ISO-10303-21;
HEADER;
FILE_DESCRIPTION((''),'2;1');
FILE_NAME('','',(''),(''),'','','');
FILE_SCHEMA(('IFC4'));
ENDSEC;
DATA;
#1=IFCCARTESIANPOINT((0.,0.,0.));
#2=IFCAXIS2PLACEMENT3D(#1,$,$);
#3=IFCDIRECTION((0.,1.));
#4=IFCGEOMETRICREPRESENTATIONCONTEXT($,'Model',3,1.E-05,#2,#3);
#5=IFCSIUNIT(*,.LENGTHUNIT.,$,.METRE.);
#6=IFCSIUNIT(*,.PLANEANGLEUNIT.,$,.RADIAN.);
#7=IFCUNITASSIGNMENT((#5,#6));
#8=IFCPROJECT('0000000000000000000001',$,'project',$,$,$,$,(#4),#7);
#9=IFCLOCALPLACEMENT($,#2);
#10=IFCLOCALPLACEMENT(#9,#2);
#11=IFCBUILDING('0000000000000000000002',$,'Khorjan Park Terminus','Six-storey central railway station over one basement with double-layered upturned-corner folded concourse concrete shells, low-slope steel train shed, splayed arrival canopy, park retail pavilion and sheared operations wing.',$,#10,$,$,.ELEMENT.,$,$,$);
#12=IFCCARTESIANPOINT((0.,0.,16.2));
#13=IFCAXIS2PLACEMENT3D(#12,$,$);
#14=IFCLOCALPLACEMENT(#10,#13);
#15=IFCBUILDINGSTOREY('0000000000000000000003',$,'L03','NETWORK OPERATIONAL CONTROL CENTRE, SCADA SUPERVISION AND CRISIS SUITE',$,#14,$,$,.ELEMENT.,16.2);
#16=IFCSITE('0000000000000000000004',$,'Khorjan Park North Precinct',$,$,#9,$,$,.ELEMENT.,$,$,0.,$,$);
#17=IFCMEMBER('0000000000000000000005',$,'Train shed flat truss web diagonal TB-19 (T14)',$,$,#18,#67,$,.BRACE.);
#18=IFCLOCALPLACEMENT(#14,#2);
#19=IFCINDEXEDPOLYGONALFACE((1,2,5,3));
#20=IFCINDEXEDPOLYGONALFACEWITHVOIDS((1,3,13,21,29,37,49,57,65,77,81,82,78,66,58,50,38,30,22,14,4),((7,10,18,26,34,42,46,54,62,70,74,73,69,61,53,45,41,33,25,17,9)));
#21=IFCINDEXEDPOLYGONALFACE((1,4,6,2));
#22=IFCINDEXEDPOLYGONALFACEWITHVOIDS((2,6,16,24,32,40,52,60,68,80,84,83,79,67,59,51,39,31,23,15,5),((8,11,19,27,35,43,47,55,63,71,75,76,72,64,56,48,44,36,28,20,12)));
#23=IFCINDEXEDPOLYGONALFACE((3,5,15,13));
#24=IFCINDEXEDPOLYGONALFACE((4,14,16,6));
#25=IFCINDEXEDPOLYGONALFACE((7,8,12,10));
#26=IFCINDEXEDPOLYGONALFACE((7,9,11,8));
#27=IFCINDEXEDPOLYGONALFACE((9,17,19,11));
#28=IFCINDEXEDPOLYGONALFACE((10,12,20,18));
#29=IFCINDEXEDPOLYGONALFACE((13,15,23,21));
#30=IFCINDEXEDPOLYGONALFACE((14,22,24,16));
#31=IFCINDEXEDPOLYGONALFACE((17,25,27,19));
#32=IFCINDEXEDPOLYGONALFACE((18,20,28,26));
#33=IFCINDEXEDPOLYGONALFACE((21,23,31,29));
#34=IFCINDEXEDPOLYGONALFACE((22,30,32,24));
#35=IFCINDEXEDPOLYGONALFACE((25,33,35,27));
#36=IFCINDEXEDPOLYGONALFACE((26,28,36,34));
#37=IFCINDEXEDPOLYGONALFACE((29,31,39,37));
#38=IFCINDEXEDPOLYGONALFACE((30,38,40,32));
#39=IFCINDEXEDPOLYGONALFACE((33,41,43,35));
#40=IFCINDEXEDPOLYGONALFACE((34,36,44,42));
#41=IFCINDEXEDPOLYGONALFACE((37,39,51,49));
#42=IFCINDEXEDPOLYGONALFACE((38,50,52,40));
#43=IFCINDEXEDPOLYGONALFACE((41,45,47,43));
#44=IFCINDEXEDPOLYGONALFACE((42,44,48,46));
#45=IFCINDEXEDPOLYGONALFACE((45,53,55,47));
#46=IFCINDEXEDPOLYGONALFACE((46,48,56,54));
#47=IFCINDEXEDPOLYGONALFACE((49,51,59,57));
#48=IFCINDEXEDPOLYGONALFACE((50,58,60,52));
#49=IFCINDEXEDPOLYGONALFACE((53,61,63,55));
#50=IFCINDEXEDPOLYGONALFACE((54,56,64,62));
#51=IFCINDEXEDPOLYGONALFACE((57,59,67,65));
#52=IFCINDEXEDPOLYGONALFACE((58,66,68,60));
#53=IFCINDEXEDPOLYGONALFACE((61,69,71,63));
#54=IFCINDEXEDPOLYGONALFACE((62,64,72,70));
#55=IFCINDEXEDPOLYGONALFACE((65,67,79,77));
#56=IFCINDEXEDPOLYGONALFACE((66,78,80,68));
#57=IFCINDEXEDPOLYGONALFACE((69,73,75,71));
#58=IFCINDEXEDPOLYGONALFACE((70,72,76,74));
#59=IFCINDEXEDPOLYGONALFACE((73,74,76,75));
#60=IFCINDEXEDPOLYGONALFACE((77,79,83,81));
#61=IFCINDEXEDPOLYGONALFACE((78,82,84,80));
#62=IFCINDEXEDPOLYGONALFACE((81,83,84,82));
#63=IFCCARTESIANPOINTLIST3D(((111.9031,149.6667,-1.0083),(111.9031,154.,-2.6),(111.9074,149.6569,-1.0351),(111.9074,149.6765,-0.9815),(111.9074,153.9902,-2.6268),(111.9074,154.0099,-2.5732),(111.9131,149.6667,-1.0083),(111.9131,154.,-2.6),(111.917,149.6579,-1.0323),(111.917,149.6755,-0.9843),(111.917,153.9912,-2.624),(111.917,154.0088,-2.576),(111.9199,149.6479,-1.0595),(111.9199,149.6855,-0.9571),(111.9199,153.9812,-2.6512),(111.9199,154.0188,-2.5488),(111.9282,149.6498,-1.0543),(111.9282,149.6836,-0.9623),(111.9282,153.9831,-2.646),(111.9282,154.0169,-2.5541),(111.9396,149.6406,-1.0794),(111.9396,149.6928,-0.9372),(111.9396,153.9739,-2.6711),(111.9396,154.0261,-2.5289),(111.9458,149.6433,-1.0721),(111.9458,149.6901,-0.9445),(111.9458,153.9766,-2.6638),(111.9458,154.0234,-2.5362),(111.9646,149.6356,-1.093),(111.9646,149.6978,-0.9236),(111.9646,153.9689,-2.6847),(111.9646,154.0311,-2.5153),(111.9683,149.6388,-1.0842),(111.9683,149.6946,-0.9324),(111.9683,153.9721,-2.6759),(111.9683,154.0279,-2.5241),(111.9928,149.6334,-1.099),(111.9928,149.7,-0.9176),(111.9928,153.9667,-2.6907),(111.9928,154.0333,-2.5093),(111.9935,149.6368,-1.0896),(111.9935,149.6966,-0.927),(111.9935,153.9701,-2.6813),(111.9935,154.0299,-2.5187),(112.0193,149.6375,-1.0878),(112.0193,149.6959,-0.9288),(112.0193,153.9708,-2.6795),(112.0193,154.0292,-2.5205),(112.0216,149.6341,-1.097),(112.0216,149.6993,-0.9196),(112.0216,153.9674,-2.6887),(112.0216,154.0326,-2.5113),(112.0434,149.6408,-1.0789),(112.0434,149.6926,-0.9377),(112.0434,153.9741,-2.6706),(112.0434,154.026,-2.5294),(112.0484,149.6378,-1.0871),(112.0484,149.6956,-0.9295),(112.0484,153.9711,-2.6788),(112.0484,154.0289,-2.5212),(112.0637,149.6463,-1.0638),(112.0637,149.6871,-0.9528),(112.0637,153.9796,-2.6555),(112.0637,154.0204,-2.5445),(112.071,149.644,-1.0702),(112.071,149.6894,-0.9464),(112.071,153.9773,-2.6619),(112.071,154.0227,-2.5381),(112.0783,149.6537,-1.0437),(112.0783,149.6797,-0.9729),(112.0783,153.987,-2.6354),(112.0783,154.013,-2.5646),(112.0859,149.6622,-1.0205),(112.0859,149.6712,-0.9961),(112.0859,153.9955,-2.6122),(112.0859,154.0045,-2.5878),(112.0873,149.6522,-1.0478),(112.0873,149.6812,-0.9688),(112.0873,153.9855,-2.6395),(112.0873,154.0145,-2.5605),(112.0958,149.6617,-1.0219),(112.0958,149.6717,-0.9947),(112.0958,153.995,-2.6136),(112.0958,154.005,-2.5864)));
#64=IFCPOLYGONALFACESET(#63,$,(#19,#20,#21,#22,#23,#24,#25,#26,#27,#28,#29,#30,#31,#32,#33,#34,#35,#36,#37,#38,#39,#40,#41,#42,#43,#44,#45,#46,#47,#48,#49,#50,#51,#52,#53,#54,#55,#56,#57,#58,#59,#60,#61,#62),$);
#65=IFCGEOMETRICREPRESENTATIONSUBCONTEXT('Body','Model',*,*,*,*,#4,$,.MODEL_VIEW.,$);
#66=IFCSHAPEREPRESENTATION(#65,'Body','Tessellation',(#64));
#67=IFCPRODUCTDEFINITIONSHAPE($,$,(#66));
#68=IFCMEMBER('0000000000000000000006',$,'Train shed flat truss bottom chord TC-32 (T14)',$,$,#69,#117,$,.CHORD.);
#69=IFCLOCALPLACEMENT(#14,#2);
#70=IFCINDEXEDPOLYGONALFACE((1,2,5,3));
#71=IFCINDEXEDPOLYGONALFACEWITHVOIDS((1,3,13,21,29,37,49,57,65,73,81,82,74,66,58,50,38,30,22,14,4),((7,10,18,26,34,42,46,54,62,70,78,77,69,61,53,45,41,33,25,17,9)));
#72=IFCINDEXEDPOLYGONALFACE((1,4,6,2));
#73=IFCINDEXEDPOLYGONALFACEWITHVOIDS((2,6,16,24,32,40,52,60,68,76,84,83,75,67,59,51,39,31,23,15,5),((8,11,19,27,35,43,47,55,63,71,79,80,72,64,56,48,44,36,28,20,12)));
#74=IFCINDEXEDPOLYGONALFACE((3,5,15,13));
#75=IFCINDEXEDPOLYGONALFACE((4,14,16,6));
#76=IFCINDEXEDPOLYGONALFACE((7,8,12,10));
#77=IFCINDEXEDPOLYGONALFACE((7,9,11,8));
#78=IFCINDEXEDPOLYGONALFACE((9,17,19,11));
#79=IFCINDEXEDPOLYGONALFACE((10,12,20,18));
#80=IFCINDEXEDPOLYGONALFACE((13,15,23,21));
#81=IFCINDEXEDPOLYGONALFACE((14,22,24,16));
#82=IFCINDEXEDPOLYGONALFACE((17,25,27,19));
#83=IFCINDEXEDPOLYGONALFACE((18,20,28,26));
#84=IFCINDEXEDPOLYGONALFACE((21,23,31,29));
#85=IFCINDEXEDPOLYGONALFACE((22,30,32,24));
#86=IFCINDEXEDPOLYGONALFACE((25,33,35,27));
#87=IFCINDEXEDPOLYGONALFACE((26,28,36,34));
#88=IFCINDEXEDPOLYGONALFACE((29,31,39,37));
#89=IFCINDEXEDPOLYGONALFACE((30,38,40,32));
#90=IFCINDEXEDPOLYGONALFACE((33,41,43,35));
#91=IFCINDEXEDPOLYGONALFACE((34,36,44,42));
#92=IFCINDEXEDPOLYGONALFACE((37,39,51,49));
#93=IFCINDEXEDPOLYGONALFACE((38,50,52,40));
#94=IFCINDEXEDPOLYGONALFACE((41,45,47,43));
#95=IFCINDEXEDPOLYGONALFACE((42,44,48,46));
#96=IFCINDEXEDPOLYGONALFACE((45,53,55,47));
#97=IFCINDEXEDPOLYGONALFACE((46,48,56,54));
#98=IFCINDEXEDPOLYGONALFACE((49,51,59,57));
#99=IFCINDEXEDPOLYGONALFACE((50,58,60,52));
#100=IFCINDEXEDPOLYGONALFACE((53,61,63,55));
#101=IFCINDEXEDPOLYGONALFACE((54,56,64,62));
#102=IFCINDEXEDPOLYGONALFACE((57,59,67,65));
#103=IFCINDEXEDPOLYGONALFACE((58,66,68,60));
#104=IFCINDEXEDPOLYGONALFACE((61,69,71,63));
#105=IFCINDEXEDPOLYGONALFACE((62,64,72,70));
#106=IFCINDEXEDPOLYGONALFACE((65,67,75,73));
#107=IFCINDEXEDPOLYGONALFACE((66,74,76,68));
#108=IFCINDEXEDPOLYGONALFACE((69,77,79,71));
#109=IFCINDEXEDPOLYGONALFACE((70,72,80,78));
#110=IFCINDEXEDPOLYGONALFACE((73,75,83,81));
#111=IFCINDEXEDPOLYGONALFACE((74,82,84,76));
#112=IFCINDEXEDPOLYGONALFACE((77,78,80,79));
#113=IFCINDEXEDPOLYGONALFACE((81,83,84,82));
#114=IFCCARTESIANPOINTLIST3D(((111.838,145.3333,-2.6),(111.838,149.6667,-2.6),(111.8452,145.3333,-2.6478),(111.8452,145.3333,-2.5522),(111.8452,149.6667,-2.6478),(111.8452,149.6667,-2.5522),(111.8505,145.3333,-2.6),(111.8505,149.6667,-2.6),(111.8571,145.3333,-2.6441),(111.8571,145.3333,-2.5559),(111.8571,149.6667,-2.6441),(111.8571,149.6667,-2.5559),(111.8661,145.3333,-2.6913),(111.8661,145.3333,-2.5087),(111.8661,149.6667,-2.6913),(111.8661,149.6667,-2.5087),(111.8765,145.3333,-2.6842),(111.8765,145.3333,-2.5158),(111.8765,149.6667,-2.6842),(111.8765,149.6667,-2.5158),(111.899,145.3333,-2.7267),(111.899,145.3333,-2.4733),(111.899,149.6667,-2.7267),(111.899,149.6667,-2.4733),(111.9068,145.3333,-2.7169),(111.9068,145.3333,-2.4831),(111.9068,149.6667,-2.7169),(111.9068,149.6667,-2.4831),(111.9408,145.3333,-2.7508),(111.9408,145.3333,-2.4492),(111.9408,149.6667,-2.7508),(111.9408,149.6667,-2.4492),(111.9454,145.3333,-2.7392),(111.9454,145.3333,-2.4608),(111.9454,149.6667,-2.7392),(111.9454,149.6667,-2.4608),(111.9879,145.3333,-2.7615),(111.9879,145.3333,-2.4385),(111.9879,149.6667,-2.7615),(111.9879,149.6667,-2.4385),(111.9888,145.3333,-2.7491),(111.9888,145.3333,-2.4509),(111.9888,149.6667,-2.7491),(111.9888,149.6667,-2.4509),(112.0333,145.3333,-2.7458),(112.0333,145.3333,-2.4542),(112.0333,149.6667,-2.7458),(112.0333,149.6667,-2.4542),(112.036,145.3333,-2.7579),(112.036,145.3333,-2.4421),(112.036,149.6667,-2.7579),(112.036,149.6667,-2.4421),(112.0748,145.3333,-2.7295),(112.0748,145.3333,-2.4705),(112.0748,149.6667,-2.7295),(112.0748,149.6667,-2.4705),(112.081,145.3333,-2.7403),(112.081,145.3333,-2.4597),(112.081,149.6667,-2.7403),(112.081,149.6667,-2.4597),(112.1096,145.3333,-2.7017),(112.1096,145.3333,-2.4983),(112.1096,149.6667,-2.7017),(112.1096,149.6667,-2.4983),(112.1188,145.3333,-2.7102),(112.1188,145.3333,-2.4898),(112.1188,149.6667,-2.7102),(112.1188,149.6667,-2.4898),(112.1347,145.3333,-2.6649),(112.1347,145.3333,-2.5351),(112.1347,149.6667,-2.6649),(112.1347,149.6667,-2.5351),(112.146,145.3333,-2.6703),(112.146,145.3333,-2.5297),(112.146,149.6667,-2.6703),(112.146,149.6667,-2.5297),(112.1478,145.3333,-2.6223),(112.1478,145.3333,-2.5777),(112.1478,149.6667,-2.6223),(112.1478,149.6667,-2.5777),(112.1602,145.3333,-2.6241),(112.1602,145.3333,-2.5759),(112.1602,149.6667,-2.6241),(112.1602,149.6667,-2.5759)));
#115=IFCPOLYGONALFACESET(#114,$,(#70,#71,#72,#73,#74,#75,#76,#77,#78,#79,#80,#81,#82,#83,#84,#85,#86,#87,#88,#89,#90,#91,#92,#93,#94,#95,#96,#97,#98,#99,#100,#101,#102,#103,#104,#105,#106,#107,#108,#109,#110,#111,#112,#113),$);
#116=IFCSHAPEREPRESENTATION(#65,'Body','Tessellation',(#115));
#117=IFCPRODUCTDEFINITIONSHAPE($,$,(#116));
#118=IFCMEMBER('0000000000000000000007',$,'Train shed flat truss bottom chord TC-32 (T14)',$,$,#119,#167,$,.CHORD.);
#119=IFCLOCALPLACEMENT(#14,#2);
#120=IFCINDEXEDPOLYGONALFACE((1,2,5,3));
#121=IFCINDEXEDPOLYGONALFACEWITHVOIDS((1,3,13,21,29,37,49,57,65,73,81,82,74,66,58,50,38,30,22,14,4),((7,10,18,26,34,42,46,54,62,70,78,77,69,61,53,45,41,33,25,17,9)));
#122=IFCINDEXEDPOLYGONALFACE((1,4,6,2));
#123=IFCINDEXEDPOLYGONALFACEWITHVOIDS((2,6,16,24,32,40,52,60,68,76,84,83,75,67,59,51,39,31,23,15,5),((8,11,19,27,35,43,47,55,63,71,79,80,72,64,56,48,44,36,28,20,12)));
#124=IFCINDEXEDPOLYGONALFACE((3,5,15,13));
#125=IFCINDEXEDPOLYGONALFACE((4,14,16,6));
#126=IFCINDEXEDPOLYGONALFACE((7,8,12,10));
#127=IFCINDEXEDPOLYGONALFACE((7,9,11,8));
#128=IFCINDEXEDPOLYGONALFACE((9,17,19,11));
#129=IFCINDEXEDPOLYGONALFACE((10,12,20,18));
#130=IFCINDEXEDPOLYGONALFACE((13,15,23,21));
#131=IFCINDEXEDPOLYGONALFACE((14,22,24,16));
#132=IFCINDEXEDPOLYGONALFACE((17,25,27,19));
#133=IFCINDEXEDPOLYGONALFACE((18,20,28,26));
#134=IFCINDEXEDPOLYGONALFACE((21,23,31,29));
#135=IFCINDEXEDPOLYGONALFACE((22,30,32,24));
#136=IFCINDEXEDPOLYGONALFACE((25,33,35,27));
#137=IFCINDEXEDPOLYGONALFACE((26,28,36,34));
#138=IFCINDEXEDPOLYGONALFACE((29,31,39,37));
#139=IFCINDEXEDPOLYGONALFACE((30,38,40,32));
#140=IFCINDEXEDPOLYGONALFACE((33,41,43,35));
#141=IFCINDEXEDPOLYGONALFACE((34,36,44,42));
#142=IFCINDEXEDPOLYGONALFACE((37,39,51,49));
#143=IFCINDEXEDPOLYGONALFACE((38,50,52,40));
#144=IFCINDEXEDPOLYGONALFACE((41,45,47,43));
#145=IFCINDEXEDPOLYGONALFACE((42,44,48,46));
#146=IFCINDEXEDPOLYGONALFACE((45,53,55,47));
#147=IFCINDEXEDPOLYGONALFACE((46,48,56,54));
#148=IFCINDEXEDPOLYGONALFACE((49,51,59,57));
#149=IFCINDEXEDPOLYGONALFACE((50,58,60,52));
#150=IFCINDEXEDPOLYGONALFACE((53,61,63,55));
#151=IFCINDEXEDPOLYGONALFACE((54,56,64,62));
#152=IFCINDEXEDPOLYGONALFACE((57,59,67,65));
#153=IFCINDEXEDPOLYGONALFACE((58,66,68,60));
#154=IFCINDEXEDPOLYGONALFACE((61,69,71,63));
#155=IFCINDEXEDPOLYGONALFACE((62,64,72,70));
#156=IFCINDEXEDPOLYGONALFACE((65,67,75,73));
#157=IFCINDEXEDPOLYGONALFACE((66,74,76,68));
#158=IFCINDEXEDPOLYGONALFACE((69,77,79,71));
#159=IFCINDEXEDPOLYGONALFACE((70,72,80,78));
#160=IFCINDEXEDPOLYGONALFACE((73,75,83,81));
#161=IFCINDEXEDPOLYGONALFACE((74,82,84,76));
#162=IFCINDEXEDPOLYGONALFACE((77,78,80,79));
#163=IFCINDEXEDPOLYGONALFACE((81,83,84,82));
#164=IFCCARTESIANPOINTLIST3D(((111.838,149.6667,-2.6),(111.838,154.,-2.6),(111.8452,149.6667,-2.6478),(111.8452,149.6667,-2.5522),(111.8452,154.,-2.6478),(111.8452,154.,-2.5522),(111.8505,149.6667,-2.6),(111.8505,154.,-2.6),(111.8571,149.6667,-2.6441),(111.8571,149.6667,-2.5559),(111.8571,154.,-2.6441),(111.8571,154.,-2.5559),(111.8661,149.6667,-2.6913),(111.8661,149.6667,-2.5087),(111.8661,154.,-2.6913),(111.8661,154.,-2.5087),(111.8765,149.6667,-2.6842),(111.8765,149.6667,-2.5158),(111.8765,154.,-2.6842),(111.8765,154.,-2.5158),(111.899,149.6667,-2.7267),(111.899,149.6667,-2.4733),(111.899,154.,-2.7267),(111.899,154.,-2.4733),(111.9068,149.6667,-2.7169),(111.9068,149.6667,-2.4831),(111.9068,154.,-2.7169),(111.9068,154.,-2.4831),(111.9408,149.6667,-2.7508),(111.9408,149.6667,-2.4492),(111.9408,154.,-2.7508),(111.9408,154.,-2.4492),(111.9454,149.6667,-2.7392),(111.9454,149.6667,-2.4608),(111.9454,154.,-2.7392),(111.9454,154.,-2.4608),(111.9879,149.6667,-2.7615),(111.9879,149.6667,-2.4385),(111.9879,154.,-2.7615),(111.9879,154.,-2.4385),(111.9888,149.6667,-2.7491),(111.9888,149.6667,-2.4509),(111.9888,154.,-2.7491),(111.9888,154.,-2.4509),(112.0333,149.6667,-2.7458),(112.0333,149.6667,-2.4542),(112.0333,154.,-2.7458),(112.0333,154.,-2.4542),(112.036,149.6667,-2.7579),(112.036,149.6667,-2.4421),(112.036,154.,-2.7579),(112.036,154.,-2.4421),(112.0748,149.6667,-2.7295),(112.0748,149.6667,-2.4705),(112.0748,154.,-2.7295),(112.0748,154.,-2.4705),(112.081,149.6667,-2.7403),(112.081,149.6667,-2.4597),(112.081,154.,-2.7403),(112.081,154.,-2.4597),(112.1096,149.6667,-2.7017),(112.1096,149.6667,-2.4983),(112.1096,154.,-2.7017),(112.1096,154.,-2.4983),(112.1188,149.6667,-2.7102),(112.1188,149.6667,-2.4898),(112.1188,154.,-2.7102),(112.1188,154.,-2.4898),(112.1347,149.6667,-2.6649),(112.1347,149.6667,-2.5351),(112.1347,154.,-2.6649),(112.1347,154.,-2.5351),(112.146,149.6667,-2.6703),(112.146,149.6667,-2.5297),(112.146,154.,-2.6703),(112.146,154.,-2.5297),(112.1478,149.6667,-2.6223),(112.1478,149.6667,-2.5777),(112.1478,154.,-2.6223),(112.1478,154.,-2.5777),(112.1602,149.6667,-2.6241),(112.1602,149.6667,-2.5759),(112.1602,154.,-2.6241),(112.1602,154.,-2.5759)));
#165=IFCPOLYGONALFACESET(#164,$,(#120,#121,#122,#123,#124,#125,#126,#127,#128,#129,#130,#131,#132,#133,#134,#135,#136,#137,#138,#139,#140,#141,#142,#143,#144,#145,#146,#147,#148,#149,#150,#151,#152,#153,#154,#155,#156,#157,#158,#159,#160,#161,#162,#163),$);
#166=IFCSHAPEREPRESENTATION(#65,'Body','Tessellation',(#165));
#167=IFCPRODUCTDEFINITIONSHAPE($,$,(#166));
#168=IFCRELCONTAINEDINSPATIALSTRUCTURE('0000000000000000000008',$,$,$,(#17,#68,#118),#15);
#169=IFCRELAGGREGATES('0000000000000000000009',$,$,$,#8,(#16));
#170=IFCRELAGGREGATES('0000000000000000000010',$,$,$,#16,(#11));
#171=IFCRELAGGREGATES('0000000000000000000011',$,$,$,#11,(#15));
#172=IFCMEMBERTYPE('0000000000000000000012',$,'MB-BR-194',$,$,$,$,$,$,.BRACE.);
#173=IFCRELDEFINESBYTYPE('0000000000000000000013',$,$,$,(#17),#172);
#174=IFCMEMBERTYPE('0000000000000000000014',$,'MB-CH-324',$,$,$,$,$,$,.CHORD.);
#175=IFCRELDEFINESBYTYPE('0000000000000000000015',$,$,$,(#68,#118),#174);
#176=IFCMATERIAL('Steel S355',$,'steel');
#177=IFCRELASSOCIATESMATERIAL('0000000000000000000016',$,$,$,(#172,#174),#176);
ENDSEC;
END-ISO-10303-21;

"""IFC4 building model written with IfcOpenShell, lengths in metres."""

from ifc_helpers import new_model, si_unit, direction, frame, origin, origin_2d, place, context, subcontext, project, spatial, hollow_circle, extrude, material, material_profile, profile_set, type_object, element, save


model = new_model("IFC4")

# Units and contexts
model_context = context("Model", 3, precision=1e-05, world=origin(), true_north=direction((0.0, 1.0)))
body_context = subcontext(model_context, "Body", "Model", "MODEL_VIEW")
ifc_project = project(units=[si_unit("LENGTHUNIT", "METRE"), si_unit("PLANEANGLEUNIT", "RADIAN")], contexts=[model_context])

# Site, building, storey
site_placement = place(None, origin())
site = spatial("IfcSite", under=ifc_project, at=site_placement, Name="Khorjan Park North Precinct", CompositionType="ELEMENT", RefElevation=0.0)
building_placement = place(site_placement, origin())
building = spatial("IfcBuilding", under=site, at=building_placement, Name="Khorjan Park Terminus", Description="Six-storey central railway station over one basement with double-layered upturned-corner folded concourse concrete shells, low-slope steel train shed, splayed arrival canopy, park retail pavilion and sheared operations wing.", CompositionType="ELEMENT")
storey_placement = place(building_placement, frame((0.0, 0.0, 16.2)))
storey = spatial("IfcBuildingStorey", under=building, at=storey_placement, Name="L03", Description="NETWORK OPERATIONAL CONTROL CENTRE, SCADA SUPERVISION AND CRISIS SUITE", CompositionType="ELEMENT", Elevation=16.2)

# Members
ifc_material = material(Name="Steel S355", Category="steel")
ifc_material_profile_1 = material_profile(ifc_material, hollow_circle(Radius=0.0969, WallThickness=0.01, at=origin_2d()), Name="CHS 193.7x10")
ifc_profile_set_1 = profile_set([ifc_material_profile_1], Name="Steel S355")
member_type_1 = type_object("IfcMemberType", Name="MB-BR-194", PredefinedType="BRACE", material=ifc_profile_set_1)
member_1_placement = place(storey_placement, frame((112.0, 149.6667, -1.0083), z_axis=(0.0, 0.938678, -0.344794), x_axis=(-1.0, 0.0, 0.0)))
element("IfcMember", 1, at=member_1_placement, inside=storey, type_object=member_type_1, Name="Train shed flat truss web diagonal TB-19 (T14)", PredefinedType="BRACE", context=body_context, shape_type="SweptSolid", body=[
    extrude(hollow_circle(Radius=0.0969, WallThickness=0.01, at=origin_2d()), origin(), (0.0, 0.0, 1.0), 4.6164),
])
ifc_material_profile_2 = material_profile(ifc_material, hollow_circle(Radius=0.162, WallThickness=0.0125, at=origin_2d()), Name="CHS 323.9x12.5")
ifc_profile_set_2 = profile_set([ifc_material_profile_2], Name="Steel S355")
member_type_2 = type_object("IfcMemberType", Name="MB-CH-324", PredefinedType="CHORD", material=ifc_profile_set_2)
member_2_placement = place(storey_placement, frame((112.0, 145.3333, -2.6), z_axis=(0.0, 1.0, 0.0), x_axis=(-1.0, 0.0, 0.0)))
element("IfcMember", 2, at=member_2_placement, inside=storey, type_object=member_type_2, Name="Train shed flat truss bottom chord TC-32 (T14)", PredefinedType="CHORD", context=body_context, shape_type="SweptSolid", body=[
    extrude(hollow_circle(Radius=0.162, WallThickness=0.0125, at=origin_2d()), origin(), (0.0, 0.0, 1.0), 4.3334),
])
member_3_placement = place(storey_placement, frame((112.0, 149.6667, -2.6), z_axis=(0.0, 1.0, 0.0), x_axis=(-1.0, 0.0, 0.0)))
element("IfcMember", 3, at=member_3_placement, inside=storey, type_object=member_type_2, Name="Train shed flat truss bottom chord TC-32 (T14)", PredefinedType="CHORD", context=body_context, shape_type="SweptSolid", body=[
    extrude(hollow_circle(Radius=0.162, WallThickness=0.0125, at=origin_2d()), origin(), (0.0, 0.0, 1.0), 4.3333),
])

save(model, "model.ifc")
